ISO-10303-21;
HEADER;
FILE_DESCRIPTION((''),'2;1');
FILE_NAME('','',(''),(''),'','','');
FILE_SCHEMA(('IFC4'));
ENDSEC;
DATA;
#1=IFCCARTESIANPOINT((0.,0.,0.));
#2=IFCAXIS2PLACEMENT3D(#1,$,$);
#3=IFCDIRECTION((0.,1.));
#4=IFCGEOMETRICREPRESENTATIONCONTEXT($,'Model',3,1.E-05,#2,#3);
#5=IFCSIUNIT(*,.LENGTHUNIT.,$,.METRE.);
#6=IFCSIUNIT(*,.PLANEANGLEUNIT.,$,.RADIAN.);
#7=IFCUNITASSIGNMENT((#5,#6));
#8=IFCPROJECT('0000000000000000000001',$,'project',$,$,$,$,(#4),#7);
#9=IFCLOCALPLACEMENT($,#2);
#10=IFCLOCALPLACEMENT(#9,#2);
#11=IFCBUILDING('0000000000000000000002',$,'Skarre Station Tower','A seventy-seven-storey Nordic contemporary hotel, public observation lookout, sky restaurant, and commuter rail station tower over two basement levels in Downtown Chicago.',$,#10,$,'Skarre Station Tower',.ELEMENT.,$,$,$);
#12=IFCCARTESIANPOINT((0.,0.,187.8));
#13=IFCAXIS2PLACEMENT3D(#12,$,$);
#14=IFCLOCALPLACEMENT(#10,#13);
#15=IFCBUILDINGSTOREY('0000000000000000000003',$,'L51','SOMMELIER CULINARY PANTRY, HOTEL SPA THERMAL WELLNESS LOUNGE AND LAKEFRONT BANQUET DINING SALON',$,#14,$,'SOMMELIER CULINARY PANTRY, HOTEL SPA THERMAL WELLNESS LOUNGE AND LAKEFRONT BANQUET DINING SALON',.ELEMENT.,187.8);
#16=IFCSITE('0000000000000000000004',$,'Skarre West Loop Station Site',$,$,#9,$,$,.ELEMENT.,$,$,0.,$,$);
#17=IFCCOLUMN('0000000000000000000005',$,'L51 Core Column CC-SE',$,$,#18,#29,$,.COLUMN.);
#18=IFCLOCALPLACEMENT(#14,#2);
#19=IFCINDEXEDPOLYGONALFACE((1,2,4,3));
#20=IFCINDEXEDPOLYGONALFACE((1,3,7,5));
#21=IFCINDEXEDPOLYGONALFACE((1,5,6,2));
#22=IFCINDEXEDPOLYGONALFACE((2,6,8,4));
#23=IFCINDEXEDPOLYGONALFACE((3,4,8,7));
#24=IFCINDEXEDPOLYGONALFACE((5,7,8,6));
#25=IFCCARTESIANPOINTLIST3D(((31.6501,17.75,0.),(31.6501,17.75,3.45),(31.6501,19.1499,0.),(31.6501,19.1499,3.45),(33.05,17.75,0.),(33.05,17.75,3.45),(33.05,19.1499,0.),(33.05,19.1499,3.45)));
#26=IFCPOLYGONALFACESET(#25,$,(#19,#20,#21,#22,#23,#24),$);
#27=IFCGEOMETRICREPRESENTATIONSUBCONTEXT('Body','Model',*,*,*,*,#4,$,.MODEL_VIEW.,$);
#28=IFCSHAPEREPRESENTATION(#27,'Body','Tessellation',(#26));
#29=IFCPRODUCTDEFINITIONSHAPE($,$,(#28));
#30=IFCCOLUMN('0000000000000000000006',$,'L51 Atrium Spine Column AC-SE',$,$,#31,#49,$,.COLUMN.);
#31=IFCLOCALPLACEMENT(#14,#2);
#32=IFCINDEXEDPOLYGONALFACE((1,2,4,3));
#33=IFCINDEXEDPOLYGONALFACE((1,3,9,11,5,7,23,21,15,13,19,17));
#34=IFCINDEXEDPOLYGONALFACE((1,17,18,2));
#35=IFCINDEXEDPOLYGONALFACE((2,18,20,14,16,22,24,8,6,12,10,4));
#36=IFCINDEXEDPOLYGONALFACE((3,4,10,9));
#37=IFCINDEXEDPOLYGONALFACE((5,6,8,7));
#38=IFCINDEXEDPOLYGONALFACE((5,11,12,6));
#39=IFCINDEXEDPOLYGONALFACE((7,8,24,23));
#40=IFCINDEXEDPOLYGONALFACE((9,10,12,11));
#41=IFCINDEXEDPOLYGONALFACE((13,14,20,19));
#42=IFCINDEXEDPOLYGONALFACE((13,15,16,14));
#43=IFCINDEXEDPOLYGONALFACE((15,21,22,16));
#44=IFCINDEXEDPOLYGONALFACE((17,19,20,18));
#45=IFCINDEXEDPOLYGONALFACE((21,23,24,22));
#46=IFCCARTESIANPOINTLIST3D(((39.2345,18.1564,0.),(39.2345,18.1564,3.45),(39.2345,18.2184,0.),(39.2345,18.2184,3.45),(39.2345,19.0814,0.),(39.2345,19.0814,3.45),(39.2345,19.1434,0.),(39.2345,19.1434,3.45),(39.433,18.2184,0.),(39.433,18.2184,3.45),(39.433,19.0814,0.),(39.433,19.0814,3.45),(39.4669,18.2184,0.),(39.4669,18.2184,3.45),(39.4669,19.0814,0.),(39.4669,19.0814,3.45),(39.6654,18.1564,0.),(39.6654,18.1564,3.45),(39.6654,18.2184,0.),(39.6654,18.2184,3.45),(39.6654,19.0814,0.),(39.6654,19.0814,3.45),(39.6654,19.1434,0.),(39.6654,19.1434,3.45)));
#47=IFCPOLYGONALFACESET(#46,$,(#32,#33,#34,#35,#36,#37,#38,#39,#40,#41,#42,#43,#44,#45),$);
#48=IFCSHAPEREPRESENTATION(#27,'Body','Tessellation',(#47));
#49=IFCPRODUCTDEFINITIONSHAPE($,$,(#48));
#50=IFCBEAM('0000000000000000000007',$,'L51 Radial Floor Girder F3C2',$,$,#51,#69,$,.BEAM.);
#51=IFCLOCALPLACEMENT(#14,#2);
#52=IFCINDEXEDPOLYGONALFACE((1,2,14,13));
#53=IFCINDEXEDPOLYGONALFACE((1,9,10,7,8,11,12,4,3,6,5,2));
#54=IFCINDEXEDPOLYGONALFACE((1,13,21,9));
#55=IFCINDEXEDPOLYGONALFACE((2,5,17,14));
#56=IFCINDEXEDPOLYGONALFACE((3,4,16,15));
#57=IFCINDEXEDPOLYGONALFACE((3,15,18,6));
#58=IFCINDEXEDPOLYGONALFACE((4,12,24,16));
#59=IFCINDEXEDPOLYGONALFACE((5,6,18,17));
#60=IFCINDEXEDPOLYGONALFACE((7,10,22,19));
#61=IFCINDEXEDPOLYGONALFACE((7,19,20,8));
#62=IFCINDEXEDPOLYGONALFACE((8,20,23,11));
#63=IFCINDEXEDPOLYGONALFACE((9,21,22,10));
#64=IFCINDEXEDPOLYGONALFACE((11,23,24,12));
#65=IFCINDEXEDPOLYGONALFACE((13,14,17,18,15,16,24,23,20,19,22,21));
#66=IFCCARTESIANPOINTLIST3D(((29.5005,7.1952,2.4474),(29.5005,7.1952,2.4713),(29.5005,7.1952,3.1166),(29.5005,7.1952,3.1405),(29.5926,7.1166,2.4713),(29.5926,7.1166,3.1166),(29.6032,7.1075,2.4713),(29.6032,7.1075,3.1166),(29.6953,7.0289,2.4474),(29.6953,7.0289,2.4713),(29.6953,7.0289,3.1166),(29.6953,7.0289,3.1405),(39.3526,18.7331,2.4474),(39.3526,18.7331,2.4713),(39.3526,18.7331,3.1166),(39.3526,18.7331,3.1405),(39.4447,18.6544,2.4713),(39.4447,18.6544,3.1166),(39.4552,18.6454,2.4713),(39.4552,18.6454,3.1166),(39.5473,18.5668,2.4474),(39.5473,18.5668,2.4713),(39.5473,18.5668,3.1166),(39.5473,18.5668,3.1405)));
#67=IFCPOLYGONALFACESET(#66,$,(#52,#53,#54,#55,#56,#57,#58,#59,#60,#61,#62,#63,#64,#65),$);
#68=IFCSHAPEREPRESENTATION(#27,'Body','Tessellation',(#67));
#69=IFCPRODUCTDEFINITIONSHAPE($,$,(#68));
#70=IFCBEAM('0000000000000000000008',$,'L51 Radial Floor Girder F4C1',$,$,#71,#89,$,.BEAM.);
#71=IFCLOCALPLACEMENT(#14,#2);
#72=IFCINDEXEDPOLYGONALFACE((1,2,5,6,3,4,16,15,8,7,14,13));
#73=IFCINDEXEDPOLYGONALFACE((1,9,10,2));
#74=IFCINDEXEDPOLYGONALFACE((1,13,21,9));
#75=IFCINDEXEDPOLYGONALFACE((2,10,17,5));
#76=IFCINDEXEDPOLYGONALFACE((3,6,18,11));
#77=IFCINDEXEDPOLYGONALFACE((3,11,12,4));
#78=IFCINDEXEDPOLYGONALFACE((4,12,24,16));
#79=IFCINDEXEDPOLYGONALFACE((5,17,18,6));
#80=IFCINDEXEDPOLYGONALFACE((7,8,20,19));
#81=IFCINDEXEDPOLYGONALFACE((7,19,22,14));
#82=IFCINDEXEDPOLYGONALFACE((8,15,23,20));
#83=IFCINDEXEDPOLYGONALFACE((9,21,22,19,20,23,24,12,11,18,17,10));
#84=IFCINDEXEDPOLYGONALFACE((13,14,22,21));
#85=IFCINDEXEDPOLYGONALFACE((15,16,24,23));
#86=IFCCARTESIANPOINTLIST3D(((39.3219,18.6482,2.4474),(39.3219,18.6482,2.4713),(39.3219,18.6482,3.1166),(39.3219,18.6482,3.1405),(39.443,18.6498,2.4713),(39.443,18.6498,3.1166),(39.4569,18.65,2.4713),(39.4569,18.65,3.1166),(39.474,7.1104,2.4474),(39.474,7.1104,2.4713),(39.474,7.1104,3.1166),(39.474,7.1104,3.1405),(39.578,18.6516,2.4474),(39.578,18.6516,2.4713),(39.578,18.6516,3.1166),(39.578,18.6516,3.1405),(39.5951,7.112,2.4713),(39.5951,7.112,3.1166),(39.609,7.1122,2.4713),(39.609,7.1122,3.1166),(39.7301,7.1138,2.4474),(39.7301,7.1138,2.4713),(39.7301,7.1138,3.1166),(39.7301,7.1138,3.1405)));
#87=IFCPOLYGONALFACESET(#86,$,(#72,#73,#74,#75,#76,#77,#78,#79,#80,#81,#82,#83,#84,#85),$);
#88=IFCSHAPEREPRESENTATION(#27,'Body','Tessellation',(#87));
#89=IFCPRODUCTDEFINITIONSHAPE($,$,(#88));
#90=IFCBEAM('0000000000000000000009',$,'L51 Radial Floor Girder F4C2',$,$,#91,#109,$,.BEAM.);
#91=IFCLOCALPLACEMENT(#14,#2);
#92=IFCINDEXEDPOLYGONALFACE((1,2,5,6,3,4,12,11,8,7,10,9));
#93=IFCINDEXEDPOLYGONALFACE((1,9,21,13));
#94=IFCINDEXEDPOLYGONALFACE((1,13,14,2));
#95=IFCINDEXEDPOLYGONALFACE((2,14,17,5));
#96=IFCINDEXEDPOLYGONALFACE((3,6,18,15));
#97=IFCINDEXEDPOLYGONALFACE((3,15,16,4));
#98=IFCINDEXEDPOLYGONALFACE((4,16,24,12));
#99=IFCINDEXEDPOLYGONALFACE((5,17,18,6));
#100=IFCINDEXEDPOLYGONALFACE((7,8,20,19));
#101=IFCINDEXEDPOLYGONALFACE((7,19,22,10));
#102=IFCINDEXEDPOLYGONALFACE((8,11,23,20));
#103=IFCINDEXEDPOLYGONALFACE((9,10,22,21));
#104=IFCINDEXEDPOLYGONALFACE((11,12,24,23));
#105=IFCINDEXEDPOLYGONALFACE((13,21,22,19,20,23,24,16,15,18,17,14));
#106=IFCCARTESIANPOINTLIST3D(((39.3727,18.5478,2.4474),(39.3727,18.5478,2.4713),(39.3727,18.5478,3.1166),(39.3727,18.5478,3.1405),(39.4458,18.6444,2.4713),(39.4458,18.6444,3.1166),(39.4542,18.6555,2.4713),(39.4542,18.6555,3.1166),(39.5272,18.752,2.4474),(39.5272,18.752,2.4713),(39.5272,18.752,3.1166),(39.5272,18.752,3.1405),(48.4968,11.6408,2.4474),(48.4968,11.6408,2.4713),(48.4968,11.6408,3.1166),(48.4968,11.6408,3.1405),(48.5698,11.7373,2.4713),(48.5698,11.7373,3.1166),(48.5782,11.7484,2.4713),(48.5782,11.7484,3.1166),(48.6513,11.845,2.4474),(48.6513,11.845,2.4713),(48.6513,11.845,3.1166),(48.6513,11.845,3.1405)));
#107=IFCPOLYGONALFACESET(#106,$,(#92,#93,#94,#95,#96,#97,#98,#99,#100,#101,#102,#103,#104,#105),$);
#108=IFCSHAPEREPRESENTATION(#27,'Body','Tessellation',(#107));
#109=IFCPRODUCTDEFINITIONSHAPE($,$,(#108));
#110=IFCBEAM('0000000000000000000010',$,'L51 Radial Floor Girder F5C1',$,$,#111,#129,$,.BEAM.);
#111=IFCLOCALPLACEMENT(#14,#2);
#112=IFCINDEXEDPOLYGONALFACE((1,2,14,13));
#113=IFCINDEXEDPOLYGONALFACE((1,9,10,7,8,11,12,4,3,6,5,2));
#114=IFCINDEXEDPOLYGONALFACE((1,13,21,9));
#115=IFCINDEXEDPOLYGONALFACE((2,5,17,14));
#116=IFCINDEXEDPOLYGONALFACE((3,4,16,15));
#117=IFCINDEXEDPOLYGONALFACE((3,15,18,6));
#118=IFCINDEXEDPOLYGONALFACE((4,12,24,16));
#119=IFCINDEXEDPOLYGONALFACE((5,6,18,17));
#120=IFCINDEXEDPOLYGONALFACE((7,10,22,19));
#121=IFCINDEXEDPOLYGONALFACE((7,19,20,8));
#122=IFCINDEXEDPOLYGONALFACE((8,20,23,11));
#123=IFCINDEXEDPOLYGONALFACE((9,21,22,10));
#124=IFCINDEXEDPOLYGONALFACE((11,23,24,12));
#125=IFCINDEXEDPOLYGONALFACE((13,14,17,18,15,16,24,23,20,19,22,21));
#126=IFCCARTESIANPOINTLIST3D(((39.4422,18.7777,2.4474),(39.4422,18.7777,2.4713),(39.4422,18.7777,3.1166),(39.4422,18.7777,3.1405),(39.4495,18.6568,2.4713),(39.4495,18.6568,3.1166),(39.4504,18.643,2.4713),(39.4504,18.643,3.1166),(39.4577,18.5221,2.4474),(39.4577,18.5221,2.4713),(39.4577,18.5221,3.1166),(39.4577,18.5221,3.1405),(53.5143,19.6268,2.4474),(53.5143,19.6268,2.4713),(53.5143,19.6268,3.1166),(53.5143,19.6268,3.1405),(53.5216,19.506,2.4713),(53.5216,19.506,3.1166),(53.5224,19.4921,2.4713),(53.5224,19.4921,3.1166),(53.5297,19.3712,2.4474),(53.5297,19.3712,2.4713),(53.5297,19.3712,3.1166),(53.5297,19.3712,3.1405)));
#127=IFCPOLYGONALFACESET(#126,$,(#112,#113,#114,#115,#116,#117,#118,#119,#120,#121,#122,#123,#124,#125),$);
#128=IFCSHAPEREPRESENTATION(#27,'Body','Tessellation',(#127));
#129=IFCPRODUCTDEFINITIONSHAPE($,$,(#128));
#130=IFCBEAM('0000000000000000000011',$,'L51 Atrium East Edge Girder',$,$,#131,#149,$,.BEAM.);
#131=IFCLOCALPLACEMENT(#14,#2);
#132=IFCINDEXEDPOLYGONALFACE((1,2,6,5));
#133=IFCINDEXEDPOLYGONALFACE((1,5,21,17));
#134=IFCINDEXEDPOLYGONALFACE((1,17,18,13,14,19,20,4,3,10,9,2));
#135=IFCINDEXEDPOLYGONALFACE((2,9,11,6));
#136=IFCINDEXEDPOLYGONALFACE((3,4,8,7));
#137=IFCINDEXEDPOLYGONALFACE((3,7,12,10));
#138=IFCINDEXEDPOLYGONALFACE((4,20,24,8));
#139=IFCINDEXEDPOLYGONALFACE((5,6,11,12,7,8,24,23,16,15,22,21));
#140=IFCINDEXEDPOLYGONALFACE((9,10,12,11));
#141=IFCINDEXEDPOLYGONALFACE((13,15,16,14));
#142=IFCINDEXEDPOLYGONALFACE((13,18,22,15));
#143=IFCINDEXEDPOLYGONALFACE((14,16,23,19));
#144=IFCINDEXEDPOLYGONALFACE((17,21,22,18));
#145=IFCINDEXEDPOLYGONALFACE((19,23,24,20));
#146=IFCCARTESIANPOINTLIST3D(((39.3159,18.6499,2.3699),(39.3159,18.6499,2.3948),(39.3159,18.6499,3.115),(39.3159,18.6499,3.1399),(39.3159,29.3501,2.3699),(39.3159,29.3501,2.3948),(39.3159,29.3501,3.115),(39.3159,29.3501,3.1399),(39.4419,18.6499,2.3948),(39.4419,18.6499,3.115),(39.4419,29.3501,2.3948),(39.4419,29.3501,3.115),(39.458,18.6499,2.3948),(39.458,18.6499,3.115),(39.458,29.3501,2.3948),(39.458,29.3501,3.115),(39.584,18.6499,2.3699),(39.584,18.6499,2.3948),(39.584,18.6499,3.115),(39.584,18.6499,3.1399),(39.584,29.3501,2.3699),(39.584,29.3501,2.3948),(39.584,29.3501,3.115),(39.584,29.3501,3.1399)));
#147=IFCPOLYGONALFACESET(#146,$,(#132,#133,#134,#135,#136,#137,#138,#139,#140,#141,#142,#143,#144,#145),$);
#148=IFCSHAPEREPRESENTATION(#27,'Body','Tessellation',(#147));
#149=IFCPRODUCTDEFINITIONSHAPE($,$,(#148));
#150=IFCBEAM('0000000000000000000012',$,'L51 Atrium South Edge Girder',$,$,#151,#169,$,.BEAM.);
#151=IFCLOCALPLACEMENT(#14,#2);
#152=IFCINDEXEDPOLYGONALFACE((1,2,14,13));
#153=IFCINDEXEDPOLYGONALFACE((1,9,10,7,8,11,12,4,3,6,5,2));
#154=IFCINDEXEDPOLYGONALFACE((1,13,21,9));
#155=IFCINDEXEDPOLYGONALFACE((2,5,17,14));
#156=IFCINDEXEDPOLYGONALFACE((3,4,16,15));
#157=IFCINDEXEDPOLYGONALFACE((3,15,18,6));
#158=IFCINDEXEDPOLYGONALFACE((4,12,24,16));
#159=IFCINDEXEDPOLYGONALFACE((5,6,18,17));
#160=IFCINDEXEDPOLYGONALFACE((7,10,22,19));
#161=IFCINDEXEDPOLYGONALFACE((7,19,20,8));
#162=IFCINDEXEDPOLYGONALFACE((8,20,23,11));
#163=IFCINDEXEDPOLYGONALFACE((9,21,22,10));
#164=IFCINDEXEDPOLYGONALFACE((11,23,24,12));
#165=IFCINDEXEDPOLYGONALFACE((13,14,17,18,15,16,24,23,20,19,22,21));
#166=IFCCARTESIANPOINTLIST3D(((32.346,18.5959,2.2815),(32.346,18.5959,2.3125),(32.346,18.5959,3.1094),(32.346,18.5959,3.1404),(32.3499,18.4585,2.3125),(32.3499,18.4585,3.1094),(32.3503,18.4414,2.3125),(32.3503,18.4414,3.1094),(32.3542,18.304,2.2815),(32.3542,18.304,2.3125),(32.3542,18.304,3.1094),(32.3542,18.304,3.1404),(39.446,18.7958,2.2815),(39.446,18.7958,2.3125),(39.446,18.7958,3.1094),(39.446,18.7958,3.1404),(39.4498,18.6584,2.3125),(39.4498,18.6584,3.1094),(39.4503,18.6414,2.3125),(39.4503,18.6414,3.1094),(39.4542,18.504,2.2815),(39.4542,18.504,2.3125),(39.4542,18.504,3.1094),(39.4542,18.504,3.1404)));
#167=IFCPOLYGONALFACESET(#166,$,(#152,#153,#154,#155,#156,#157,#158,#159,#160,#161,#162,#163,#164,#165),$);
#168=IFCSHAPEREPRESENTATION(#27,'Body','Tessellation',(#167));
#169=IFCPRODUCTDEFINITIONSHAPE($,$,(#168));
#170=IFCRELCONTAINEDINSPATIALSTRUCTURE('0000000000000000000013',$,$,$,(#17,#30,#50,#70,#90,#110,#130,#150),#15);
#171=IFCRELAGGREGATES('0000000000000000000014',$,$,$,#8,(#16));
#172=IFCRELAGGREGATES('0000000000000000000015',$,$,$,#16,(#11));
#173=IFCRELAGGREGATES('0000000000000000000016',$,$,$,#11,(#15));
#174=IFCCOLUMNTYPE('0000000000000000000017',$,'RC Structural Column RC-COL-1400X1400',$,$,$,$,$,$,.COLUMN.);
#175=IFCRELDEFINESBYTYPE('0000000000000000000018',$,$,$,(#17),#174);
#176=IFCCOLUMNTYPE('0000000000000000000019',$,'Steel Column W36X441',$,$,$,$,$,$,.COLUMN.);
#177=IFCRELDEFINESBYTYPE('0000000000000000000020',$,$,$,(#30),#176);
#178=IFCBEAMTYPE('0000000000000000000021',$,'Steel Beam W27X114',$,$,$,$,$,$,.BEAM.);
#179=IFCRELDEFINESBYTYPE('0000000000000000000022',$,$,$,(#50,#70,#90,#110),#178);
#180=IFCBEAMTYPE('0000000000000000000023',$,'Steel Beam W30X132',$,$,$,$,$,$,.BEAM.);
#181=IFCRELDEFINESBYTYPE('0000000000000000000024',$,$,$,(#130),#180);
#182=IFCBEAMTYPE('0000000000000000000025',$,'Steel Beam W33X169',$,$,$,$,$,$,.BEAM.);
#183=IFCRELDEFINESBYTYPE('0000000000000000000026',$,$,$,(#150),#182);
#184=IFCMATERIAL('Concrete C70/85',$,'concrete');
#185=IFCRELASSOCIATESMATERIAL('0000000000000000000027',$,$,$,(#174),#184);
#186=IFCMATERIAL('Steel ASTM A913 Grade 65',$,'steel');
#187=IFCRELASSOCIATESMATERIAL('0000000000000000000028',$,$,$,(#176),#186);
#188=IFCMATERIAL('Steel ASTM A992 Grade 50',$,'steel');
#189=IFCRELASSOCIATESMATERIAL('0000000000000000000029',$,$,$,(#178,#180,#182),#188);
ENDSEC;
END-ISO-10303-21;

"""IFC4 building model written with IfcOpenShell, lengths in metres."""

from ifc_helpers import new_model, si_unit, direction, frame, origin, origin_2d, place, context, subcontext, project, spatial, rectangle, i_section, extrude, material, material_profile, profile_set, type_object, element, save


model = new_model("IFC4")

# Units and contexts
model_context = context("Model", 3, precision=1e-05, world=origin(), true_north=direction((0.0, 1.0)))
body_context = subcontext(model_context, "Body", "Model", "MODEL_VIEW")
ifc_project = project(units=[si_unit("LENGTHUNIT", "METRE"), si_unit("PLANEANGLEUNIT", "RADIAN")], contexts=[model_context])

# Site, building, storey
site_placement = place(None, origin())
site = spatial("IfcSite", under=ifc_project, at=site_placement, Name="Skarre West Loop Station Site", CompositionType="ELEMENT", RefElevation=0.0)
building_placement = place(site_placement, origin())
building = spatial("IfcBuilding", under=site, at=building_placement, Name="Skarre Station Tower", Description="A seventy-seven-storey Nordic contemporary hotel, public observation lookout, sky restaurant, and commuter rail station tower over two basement levels in Downtown Chicago.", LongName="Skarre Station Tower", CompositionType="ELEMENT")
storey_placement = place(building_placement, frame((0.0, 0.0, 187.8)))
storey = spatial("IfcBuildingStorey", under=building, at=storey_placement, Name="L51", Description="SOMMELIER CULINARY PANTRY, HOTEL SPA THERMAL WELLNESS LOUNGE AND LAKEFRONT BANQUET DINING SALON", LongName="SOMMELIER CULINARY PANTRY, HOTEL SPA THERMAL WELLNESS LOUNGE AND LAKEFRONT BANQUET DINING SALON", CompositionType="ELEMENT", Elevation=187.8)

# Columns
ifc_material_1 = material(Name="Concrete C70/85", Category="concrete")
ifc_material_profile_1 = material_profile(ifc_material_1, rectangle(XDim=1.3999, YDim=1.3999, at=origin_2d()), Name="Concrete C70/85")
ifc_profile_set_1 = profile_set([ifc_material_profile_1], Name="Concrete C70/85")
column_type_1 = type_object("IfcColumnType", Name="RC Structural Column RC-COL-1400X1400", PredefinedType="COLUMN", material=ifc_profile_set_1)
column_1_placement = place(storey_placement, frame((32.3501, 18.45, 0.0), z_axis=(0.0, 0.0, 1.0), x_axis=(1.0, 0.0, 0.0)))
element("IfcColumn", 1, at=column_1_placement, inside=storey, type_object=column_type_1, Name="L51 Core Column CC-SE", PredefinedType="COLUMN", context=body_context, shape_type="SweptSolid", body=[
    extrude(rectangle(XDim=1.3999, YDim=1.3999, at=origin_2d()), origin(), (0.0, 0.0, 1.0), 3.45),
])
ifc_material_2 = material(Name="Steel ASTM A913 Grade 65", Category="steel")
ifc_material_profile_2 = material_profile(ifc_material_2, i_section(OverallWidth=0.4309, OverallDepth=0.9871, WebThickness=0.0339, FlangeThickness=0.062, at=origin_2d()), Name="Steel ASTM A913 Grade 65")
ifc_profile_set_2 = profile_set([ifc_material_profile_2], Name="Steel ASTM A913 Grade 65")
column_type_2 = type_object("IfcColumnType", Name="Steel Column W36X441", PredefinedType="COLUMN", material=ifc_profile_set_2)
column_2_placement = place(storey_placement, frame((39.45, 18.6499, 0.0), z_axis=(0.0, 0.0, 1.0), x_axis=(1.0, 0.0, 0.0)))
element("IfcColumn", 2, at=column_2_placement, inside=storey, type_object=column_type_2, Name="L51 Atrium Spine Column AC-SE", PredefinedType="COLUMN", context=body_context, shape_type="SweptSolid", body=[
    extrude(i_section(OverallWidth=0.4309, OverallDepth=0.9871, WebThickness=0.0339, FlangeThickness=0.062, at=origin_2d()), origin(), (0.0, 0.0, 1.0), 3.45),
])

# Beams
ifc_material_3 = material(Name="Steel ASTM A992 Grade 50", Category="steel")
ifc_material_profile_3 = material_profile(ifc_material_3, i_section(OverallWidth=0.2561, OverallDepth=0.6931, WebThickness=0.0139, FlangeThickness=0.0239, at=origin_2d()), Name="Steel ASTM A992 Grade 50")
ifc_profile_set_3 = profile_set([ifc_material_profile_3], Name="Steel ASTM A992 Grade 50")
beam_type_1 = type_object("IfcBeamType", Name="Steel Beam W27X114", PredefinedType="BEAM", material=ifc_profile_set_3)
beam_1_placement = place(storey_placement, frame((39.45, 18.6499, 2.7939), z_axis=(-0.649364, -0.760477, 0.0), x_axis=(0.760477, -0.649364, 0.0)))
element("IfcBeam", 3, at=beam_1_placement, inside=storey, type_object=beam_type_1, Name="L51 Radial Floor Girder F3C2", PredefinedType="BEAM", context=body_context, shape_type="SweptSolid", body=[
    extrude(i_section(OverallWidth=0.2561, OverallDepth=0.6931, WebThickness=0.0139, FlangeThickness=0.0239, at=origin_2d()), origin(), (0.0, 0.0, 1.0), 15.1719),
])
beam_2_placement = place(storey_placement, frame((39.45, 18.6499, 2.7939), z_axis=(0.013182, -0.999913, 0.0), x_axis=(0.999913, 0.013182, 0.0)))
element("IfcBeam", 4, at=beam_2_placement, inside=storey, type_object=beam_type_1, Name="L51 Radial Floor Girder F4C1", PredefinedType="BEAM", context=body_context, shape_type="SweptSolid", body=[
    extrude(i_section(OverallWidth=0.2561, OverallDepth=0.6931, WebThickness=0.0139, FlangeThickness=0.0239, at=origin_2d()), origin(), (0.0, 0.0, 1.0), 11.5388),
])
beam_3_placement = place(storey_placement, frame((39.45, 18.6499, 2.7939), z_axis=(0.797309, -0.603571, 0.0), x_axis=(0.603571, 0.797309, 0.0)))
element("IfcBeam", 5, at=beam_3_placement, inside=storey, type_object=beam_type_1, Name="L51 Radial Floor Girder F4C2", PredefinedType="BEAM", context=body_context, shape_type="SweptSolid", body=[
    extrude(i_section(OverallWidth=0.2561, OverallDepth=0.6931, WebThickness=0.0139, FlangeThickness=0.0239, at=origin_2d()), origin(), (0.0, 0.0, 1.0), 11.4436),
])
beam_4_placement = place(storey_placement, frame((39.45, 18.6499, 2.7939), z_axis=(0.998184, 0.060232, 0.0), x_axis=(-0.060232, 0.998184, 0.0)))
element("IfcBeam", 6, at=beam_4_placement, inside=storey, type_object=beam_type_1, Name="L51 Radial Floor Girder F5C1", PredefinedType="BEAM", context=body_context, shape_type="SweptSolid", body=[
    extrude(i_section(OverallWidth=0.2561, OverallDepth=0.6931, WebThickness=0.0139, FlangeThickness=0.0239, at=origin_2d()), origin(), (0.0, 0.0, 1.0), 14.0977),
])
ifc_material_profile_4 = material_profile(ifc_material_3, i_section(OverallWidth=0.2681, OverallDepth=0.77, WebThickness=0.0161, FlangeThickness=0.0249, at=origin_2d()), Name="Steel ASTM A992 Grade 50")
ifc_profile_set_4 = profile_set([ifc_material_profile_4], Name="Steel ASTM A992 Grade 50")
beam_type_2 = type_object("IfcBeamType", Name="Steel Beam W30X132", PredefinedType="BEAM", material=ifc_profile_set_4)
beam_5_placement = place(storey_placement, frame((39.45, 18.6499, 2.7549), z_axis=(0.0, 1.0, 0.0), x_axis=(-1.0, 0.0, 0.0)))
element("IfcBeam", 7, at=beam_5_placement, inside=storey, type_object=beam_type_2, Name="L51 Atrium East Edge Girder", PredefinedType="BEAM", context=body_context, shape_type="SweptSolid", body=[
    extrude(i_section(OverallWidth=0.2681, OverallDepth=0.77, WebThickness=0.0161, FlangeThickness=0.0249, at=origin_2d()), origin(), (0.0, 0.0, 1.0), 10.7002),
])
ifc_material_profile_5 = material_profile(ifc_material_3, i_section(OverallWidth=0.292, OverallDepth=0.8589, WebThickness=0.0171, FlangeThickness=0.031, at=origin_2d()), Name="Steel ASTM A992 Grade 50")
ifc_profile_set_5 = profile_set([ifc_material_profile_5], Name="Steel ASTM A992 Grade 50")
beam_type_3 = type_object("IfcBeamType", Name="Steel Beam W33X169", PredefinedType="BEAM", material=ifc_profile_set_5)
beam_6_placement = place(storey_placement, frame((32.3501, 18.45, 2.7109), z_axis=(0.999604, 0.028152, 0.0), x_axis=(-0.028152, 0.999604, 0.0)))
element("IfcBeam", 8, at=beam_6_placement, inside=storey, type_object=beam_type_3, Name="L51 Atrium South Edge Girder", PredefinedType="BEAM", context=body_context, shape_type="SweptSolid", body=[
    extrude(i_section(OverallWidth=0.292, OverallDepth=0.8589, WebThickness=0.0171, FlangeThickness=0.031, at=origin_2d()), origin(), (0.0, 0.0, 1.0), 7.1028),
])

save(model, "model.ifc")
